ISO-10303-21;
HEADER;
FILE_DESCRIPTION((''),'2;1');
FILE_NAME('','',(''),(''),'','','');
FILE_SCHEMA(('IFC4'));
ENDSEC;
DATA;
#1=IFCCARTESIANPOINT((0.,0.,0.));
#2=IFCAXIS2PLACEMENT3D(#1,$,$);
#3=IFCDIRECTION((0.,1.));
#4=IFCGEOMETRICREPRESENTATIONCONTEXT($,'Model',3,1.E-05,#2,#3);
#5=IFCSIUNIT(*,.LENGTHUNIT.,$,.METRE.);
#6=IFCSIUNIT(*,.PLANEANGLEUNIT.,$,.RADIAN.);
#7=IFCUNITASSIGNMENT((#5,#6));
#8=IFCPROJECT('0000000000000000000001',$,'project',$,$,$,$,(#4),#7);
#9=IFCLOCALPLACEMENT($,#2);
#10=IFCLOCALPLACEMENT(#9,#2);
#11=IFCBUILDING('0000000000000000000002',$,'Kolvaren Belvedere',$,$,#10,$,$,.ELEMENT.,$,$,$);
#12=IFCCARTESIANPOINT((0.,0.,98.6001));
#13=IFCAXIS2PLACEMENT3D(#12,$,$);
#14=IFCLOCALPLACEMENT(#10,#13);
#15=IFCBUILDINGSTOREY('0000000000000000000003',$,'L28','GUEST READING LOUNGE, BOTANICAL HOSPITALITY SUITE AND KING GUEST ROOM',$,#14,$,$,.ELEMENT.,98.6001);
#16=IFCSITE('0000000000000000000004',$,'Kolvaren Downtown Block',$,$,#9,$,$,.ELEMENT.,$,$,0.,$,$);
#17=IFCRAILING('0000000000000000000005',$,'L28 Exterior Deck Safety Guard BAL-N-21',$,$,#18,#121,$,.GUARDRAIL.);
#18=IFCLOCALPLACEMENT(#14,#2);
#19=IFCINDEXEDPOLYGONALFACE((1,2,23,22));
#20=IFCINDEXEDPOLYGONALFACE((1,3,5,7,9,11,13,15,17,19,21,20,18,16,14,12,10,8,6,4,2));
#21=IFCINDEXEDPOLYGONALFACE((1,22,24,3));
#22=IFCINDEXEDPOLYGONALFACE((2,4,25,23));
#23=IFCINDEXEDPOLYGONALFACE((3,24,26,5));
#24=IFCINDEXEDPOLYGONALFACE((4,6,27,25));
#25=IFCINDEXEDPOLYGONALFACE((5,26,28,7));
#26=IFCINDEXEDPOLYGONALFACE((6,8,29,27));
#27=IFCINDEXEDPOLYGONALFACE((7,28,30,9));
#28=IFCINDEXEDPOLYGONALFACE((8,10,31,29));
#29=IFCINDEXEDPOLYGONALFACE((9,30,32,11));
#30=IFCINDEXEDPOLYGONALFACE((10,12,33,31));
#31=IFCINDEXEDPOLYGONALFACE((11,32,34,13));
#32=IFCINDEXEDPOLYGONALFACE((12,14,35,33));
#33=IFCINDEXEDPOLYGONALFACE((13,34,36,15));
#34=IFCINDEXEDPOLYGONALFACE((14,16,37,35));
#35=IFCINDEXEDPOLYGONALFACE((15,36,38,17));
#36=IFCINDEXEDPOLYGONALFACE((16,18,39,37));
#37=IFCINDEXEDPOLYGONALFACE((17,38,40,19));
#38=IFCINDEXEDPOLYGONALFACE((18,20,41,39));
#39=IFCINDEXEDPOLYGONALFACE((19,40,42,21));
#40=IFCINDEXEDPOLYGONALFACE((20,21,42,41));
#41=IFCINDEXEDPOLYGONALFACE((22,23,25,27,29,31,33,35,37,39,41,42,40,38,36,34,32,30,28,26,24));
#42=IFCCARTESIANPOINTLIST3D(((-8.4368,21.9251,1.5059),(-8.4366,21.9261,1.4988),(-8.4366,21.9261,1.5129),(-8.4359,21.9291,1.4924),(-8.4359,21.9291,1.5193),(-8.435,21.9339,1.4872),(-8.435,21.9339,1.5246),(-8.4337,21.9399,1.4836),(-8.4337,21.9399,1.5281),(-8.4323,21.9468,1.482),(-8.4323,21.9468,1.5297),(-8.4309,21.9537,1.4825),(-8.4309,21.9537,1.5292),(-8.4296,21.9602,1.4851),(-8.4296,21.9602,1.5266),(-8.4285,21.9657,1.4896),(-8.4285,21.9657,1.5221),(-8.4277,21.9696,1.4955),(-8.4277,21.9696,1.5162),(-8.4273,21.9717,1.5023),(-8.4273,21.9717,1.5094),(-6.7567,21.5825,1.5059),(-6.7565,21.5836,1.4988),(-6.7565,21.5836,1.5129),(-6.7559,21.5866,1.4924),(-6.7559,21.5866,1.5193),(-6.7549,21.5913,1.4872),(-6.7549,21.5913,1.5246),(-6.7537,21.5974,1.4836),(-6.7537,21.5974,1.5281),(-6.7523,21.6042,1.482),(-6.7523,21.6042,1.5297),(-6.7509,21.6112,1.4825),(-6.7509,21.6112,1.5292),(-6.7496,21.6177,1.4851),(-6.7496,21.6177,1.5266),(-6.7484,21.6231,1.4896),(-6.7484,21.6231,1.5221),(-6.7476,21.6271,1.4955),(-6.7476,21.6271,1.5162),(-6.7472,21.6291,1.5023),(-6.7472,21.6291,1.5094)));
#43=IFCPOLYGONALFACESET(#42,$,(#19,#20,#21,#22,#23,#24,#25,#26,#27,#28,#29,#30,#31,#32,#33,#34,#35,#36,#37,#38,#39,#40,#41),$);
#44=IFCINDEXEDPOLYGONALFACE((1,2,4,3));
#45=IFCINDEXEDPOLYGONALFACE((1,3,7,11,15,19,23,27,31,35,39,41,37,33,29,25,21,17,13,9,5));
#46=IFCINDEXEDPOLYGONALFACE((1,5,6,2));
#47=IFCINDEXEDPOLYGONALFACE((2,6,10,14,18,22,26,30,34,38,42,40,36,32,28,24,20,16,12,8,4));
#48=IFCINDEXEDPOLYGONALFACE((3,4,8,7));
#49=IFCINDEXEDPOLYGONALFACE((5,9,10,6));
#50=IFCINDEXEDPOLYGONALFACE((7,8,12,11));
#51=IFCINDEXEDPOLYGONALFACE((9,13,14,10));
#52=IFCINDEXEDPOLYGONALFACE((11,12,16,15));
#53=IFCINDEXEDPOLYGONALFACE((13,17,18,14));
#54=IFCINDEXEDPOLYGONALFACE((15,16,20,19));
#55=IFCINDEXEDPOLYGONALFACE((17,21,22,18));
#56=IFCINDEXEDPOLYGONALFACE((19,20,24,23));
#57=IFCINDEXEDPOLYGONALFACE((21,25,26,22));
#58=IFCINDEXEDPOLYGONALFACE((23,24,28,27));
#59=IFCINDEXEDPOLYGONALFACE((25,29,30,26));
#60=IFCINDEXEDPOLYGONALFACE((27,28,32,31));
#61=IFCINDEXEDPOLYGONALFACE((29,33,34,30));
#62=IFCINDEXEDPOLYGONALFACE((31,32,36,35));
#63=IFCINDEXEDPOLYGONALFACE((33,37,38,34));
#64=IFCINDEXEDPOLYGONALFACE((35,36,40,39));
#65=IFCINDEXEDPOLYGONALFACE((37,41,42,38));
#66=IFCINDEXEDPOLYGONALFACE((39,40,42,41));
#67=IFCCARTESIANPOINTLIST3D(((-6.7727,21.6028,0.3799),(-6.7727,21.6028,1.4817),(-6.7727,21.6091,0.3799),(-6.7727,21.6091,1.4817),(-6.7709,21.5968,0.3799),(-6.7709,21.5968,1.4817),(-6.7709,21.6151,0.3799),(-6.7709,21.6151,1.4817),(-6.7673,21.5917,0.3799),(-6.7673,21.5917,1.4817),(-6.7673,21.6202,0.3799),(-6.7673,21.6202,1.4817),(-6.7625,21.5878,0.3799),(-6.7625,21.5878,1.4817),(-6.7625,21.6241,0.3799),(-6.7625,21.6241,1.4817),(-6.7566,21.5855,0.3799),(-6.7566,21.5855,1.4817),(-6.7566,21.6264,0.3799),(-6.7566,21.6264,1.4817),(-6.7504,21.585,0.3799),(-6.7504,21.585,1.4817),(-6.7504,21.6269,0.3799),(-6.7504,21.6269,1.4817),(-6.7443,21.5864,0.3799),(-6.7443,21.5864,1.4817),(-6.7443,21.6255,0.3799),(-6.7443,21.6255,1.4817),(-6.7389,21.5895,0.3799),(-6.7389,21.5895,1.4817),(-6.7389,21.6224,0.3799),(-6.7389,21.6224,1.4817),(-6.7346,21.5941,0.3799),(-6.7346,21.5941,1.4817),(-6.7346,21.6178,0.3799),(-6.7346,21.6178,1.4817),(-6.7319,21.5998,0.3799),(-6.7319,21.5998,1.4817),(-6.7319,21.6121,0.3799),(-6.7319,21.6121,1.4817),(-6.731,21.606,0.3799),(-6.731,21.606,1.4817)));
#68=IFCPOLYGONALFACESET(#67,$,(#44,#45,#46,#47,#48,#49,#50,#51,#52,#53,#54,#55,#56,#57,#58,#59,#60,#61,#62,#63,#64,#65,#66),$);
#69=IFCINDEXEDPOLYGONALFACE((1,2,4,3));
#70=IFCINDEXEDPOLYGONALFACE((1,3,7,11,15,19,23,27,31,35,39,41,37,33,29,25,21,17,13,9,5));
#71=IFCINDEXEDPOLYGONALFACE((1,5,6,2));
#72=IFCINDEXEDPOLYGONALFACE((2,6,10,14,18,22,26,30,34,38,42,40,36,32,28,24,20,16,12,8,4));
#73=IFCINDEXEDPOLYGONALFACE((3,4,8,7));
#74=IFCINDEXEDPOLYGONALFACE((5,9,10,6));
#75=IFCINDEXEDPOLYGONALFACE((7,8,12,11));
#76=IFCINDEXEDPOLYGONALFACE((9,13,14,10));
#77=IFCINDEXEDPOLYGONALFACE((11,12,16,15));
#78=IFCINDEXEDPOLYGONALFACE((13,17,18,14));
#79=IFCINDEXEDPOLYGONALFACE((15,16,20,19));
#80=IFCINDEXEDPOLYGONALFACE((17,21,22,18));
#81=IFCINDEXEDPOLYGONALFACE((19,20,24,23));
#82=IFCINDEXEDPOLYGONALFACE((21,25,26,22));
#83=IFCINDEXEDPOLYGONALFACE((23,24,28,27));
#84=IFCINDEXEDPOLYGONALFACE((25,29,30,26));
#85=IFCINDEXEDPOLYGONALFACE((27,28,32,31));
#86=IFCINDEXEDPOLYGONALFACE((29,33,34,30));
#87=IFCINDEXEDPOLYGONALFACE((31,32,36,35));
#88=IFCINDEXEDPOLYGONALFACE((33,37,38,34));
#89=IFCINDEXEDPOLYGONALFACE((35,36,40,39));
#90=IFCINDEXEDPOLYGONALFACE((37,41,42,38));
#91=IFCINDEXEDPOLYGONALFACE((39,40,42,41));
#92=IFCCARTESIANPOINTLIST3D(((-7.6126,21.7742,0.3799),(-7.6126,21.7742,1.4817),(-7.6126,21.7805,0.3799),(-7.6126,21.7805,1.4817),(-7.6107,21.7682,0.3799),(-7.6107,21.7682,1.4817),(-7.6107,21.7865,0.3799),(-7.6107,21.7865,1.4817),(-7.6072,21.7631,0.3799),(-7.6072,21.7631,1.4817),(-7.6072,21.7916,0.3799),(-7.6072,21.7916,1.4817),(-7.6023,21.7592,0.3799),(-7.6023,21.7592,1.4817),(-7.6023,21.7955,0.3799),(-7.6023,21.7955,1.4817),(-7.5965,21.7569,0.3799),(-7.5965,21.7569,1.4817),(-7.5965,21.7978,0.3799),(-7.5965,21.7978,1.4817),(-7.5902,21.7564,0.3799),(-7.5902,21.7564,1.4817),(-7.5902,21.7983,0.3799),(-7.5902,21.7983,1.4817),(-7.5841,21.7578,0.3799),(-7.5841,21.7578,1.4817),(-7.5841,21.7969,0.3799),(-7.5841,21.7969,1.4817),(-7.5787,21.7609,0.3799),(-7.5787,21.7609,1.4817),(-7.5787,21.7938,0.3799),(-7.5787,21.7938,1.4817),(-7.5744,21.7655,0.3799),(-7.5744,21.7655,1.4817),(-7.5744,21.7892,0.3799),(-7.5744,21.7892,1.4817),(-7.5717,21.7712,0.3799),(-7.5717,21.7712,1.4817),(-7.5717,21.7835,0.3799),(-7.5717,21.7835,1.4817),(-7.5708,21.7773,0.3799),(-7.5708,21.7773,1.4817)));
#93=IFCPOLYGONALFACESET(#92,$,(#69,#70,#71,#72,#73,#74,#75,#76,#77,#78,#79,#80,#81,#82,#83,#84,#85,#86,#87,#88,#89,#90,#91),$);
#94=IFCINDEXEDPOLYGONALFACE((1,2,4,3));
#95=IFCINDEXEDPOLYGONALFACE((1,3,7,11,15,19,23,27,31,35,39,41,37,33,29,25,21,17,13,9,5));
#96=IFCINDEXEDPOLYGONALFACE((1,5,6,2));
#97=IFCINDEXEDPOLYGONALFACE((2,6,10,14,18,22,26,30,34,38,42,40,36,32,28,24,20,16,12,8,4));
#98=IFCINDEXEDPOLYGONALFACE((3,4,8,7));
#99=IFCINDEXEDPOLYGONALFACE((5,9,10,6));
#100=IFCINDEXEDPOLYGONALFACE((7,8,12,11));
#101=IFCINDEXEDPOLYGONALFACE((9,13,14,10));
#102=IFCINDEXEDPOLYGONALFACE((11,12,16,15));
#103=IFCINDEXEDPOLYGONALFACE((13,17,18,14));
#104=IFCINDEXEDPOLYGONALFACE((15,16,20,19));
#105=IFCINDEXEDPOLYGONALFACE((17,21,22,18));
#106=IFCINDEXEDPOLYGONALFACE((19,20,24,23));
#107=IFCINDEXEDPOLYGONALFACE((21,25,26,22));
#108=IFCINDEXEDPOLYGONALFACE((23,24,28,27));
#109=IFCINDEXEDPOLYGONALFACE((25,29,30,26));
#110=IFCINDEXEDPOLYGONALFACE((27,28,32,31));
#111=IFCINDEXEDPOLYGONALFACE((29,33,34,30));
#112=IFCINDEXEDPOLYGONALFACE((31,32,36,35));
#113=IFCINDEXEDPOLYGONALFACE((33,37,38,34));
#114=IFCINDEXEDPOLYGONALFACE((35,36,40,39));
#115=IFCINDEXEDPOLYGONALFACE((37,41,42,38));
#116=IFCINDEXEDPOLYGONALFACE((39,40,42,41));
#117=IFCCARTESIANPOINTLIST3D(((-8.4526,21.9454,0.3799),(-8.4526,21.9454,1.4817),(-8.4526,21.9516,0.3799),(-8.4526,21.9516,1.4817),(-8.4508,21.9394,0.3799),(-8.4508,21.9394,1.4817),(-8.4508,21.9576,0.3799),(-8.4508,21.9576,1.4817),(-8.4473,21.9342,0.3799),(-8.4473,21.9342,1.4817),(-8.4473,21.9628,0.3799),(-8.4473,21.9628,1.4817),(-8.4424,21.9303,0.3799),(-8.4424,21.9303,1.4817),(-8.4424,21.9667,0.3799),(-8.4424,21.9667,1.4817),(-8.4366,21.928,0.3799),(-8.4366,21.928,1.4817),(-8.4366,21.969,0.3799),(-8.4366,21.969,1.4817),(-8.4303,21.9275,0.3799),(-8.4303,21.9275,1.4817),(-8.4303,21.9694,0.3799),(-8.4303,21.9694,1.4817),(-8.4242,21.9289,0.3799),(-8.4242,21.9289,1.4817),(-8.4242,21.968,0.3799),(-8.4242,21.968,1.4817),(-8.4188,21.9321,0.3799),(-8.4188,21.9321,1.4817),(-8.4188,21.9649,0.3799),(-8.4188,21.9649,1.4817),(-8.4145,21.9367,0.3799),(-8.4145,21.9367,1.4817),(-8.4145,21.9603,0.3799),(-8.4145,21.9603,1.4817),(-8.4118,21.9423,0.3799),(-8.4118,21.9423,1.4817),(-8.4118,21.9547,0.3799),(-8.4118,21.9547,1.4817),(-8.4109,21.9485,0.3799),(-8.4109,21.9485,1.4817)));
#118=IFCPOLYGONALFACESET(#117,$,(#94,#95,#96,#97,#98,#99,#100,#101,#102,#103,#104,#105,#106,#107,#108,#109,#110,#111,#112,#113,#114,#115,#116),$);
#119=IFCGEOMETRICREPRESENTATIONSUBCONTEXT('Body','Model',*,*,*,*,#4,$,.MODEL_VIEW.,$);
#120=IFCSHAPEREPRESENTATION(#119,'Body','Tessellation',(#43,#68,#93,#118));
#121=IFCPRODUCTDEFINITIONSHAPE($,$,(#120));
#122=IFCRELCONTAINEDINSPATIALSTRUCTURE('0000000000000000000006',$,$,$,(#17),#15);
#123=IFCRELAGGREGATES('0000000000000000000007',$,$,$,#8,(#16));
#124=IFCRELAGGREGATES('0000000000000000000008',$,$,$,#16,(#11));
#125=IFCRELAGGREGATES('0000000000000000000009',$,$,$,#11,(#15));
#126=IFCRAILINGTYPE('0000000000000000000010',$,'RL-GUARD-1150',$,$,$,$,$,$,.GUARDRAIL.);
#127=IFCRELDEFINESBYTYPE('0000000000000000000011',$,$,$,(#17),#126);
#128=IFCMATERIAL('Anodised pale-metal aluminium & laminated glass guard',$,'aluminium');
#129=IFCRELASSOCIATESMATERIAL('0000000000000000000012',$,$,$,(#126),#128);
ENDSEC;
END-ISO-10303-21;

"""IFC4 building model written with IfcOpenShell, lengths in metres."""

from ifc_helpers import new_model, si_unit, direction, frame, origin, origin_2d, place, context, subcontext, project, spatial, circle, extrude, material, type_object, element, save


model = new_model("IFC4")

# Units and contexts
model_context = context("Model", 3, precision=1e-05, world=origin(), true_north=direction((0.0, 1.0)))
body_context = subcontext(model_context, "Body", "Model", "MODEL_VIEW")
ifc_project = project(units=[si_unit("LENGTHUNIT", "METRE"), si_unit("PLANEANGLEUNIT", "RADIAN")], contexts=[model_context])

# Site, building, storey
site_placement = place(None, origin())
site = spatial("IfcSite", under=ifc_project, at=site_placement, Name="Kolvaren Downtown Block", CompositionType="ELEMENT", RefElevation=0.0)
building_placement = place(site_placement, origin())
building = spatial("IfcBuilding", under=site, at=building_placement, Name="Kolvaren Belvedere", CompositionType="ELEMENT")
storey_placement = place(building_placement, frame((0.0, 0.0, 98.6001)))
storey = spatial("IfcBuildingStorey", under=building, at=storey_placement, Name="L28", Description="GUEST READING LOUNGE, BOTANICAL HOSPITALITY SUITE AND KING GUEST ROOM", CompositionType="ELEMENT", Elevation=98.6001)

# Railing
ifc_material_1 = material(Name="Anodised pale-metal aluminium & laminated glass guard", Category="aluminium")
railing_type = type_object("IfcRailingType", Name="RL-GUARD-1150", PredefinedType="GUARDRAIL", material=ifc_material_1)
railing_1_placement = place(storey_placement, frame((-6.752, 21.606, 0.3799)))
element("IfcRailing", 1, at=railing_1_placement, inside=storey, type_object=railing_type, Name="L28 Exterior Deck Safety Guard BAL-N-21", PredefinedType="GUARDRAIL", context=body_context, shape_type="SweptSolid", body=[
    extrude(circle(Radius=0.0239, at=origin_2d()), frame((0.0, 0.0, 1.126), z_axis=(-0.97984, 0.199784, 0.0), x_axis=(-0.199784, -0.97984, 0.0)), (0.0, 0.0, 1.0), 1.7146),
    extrude(circle(Radius=0.021, at=origin_2d()), origin(), (0.0, 0.0, 1.0), 1.1018),
    extrude(circle(Radius=0.021, at=origin_2d()), frame((-0.8398, 0.1714, 0.0)), (0.0, 0.0, 1.0), 1.1018),
    extrude(circle(Radius=0.021, at=origin_2d()), frame((-1.6799, 0.3425, 0.0)), (0.0, 0.0, 1.0), 1.1018),
])

save(model, "model.ifc")
